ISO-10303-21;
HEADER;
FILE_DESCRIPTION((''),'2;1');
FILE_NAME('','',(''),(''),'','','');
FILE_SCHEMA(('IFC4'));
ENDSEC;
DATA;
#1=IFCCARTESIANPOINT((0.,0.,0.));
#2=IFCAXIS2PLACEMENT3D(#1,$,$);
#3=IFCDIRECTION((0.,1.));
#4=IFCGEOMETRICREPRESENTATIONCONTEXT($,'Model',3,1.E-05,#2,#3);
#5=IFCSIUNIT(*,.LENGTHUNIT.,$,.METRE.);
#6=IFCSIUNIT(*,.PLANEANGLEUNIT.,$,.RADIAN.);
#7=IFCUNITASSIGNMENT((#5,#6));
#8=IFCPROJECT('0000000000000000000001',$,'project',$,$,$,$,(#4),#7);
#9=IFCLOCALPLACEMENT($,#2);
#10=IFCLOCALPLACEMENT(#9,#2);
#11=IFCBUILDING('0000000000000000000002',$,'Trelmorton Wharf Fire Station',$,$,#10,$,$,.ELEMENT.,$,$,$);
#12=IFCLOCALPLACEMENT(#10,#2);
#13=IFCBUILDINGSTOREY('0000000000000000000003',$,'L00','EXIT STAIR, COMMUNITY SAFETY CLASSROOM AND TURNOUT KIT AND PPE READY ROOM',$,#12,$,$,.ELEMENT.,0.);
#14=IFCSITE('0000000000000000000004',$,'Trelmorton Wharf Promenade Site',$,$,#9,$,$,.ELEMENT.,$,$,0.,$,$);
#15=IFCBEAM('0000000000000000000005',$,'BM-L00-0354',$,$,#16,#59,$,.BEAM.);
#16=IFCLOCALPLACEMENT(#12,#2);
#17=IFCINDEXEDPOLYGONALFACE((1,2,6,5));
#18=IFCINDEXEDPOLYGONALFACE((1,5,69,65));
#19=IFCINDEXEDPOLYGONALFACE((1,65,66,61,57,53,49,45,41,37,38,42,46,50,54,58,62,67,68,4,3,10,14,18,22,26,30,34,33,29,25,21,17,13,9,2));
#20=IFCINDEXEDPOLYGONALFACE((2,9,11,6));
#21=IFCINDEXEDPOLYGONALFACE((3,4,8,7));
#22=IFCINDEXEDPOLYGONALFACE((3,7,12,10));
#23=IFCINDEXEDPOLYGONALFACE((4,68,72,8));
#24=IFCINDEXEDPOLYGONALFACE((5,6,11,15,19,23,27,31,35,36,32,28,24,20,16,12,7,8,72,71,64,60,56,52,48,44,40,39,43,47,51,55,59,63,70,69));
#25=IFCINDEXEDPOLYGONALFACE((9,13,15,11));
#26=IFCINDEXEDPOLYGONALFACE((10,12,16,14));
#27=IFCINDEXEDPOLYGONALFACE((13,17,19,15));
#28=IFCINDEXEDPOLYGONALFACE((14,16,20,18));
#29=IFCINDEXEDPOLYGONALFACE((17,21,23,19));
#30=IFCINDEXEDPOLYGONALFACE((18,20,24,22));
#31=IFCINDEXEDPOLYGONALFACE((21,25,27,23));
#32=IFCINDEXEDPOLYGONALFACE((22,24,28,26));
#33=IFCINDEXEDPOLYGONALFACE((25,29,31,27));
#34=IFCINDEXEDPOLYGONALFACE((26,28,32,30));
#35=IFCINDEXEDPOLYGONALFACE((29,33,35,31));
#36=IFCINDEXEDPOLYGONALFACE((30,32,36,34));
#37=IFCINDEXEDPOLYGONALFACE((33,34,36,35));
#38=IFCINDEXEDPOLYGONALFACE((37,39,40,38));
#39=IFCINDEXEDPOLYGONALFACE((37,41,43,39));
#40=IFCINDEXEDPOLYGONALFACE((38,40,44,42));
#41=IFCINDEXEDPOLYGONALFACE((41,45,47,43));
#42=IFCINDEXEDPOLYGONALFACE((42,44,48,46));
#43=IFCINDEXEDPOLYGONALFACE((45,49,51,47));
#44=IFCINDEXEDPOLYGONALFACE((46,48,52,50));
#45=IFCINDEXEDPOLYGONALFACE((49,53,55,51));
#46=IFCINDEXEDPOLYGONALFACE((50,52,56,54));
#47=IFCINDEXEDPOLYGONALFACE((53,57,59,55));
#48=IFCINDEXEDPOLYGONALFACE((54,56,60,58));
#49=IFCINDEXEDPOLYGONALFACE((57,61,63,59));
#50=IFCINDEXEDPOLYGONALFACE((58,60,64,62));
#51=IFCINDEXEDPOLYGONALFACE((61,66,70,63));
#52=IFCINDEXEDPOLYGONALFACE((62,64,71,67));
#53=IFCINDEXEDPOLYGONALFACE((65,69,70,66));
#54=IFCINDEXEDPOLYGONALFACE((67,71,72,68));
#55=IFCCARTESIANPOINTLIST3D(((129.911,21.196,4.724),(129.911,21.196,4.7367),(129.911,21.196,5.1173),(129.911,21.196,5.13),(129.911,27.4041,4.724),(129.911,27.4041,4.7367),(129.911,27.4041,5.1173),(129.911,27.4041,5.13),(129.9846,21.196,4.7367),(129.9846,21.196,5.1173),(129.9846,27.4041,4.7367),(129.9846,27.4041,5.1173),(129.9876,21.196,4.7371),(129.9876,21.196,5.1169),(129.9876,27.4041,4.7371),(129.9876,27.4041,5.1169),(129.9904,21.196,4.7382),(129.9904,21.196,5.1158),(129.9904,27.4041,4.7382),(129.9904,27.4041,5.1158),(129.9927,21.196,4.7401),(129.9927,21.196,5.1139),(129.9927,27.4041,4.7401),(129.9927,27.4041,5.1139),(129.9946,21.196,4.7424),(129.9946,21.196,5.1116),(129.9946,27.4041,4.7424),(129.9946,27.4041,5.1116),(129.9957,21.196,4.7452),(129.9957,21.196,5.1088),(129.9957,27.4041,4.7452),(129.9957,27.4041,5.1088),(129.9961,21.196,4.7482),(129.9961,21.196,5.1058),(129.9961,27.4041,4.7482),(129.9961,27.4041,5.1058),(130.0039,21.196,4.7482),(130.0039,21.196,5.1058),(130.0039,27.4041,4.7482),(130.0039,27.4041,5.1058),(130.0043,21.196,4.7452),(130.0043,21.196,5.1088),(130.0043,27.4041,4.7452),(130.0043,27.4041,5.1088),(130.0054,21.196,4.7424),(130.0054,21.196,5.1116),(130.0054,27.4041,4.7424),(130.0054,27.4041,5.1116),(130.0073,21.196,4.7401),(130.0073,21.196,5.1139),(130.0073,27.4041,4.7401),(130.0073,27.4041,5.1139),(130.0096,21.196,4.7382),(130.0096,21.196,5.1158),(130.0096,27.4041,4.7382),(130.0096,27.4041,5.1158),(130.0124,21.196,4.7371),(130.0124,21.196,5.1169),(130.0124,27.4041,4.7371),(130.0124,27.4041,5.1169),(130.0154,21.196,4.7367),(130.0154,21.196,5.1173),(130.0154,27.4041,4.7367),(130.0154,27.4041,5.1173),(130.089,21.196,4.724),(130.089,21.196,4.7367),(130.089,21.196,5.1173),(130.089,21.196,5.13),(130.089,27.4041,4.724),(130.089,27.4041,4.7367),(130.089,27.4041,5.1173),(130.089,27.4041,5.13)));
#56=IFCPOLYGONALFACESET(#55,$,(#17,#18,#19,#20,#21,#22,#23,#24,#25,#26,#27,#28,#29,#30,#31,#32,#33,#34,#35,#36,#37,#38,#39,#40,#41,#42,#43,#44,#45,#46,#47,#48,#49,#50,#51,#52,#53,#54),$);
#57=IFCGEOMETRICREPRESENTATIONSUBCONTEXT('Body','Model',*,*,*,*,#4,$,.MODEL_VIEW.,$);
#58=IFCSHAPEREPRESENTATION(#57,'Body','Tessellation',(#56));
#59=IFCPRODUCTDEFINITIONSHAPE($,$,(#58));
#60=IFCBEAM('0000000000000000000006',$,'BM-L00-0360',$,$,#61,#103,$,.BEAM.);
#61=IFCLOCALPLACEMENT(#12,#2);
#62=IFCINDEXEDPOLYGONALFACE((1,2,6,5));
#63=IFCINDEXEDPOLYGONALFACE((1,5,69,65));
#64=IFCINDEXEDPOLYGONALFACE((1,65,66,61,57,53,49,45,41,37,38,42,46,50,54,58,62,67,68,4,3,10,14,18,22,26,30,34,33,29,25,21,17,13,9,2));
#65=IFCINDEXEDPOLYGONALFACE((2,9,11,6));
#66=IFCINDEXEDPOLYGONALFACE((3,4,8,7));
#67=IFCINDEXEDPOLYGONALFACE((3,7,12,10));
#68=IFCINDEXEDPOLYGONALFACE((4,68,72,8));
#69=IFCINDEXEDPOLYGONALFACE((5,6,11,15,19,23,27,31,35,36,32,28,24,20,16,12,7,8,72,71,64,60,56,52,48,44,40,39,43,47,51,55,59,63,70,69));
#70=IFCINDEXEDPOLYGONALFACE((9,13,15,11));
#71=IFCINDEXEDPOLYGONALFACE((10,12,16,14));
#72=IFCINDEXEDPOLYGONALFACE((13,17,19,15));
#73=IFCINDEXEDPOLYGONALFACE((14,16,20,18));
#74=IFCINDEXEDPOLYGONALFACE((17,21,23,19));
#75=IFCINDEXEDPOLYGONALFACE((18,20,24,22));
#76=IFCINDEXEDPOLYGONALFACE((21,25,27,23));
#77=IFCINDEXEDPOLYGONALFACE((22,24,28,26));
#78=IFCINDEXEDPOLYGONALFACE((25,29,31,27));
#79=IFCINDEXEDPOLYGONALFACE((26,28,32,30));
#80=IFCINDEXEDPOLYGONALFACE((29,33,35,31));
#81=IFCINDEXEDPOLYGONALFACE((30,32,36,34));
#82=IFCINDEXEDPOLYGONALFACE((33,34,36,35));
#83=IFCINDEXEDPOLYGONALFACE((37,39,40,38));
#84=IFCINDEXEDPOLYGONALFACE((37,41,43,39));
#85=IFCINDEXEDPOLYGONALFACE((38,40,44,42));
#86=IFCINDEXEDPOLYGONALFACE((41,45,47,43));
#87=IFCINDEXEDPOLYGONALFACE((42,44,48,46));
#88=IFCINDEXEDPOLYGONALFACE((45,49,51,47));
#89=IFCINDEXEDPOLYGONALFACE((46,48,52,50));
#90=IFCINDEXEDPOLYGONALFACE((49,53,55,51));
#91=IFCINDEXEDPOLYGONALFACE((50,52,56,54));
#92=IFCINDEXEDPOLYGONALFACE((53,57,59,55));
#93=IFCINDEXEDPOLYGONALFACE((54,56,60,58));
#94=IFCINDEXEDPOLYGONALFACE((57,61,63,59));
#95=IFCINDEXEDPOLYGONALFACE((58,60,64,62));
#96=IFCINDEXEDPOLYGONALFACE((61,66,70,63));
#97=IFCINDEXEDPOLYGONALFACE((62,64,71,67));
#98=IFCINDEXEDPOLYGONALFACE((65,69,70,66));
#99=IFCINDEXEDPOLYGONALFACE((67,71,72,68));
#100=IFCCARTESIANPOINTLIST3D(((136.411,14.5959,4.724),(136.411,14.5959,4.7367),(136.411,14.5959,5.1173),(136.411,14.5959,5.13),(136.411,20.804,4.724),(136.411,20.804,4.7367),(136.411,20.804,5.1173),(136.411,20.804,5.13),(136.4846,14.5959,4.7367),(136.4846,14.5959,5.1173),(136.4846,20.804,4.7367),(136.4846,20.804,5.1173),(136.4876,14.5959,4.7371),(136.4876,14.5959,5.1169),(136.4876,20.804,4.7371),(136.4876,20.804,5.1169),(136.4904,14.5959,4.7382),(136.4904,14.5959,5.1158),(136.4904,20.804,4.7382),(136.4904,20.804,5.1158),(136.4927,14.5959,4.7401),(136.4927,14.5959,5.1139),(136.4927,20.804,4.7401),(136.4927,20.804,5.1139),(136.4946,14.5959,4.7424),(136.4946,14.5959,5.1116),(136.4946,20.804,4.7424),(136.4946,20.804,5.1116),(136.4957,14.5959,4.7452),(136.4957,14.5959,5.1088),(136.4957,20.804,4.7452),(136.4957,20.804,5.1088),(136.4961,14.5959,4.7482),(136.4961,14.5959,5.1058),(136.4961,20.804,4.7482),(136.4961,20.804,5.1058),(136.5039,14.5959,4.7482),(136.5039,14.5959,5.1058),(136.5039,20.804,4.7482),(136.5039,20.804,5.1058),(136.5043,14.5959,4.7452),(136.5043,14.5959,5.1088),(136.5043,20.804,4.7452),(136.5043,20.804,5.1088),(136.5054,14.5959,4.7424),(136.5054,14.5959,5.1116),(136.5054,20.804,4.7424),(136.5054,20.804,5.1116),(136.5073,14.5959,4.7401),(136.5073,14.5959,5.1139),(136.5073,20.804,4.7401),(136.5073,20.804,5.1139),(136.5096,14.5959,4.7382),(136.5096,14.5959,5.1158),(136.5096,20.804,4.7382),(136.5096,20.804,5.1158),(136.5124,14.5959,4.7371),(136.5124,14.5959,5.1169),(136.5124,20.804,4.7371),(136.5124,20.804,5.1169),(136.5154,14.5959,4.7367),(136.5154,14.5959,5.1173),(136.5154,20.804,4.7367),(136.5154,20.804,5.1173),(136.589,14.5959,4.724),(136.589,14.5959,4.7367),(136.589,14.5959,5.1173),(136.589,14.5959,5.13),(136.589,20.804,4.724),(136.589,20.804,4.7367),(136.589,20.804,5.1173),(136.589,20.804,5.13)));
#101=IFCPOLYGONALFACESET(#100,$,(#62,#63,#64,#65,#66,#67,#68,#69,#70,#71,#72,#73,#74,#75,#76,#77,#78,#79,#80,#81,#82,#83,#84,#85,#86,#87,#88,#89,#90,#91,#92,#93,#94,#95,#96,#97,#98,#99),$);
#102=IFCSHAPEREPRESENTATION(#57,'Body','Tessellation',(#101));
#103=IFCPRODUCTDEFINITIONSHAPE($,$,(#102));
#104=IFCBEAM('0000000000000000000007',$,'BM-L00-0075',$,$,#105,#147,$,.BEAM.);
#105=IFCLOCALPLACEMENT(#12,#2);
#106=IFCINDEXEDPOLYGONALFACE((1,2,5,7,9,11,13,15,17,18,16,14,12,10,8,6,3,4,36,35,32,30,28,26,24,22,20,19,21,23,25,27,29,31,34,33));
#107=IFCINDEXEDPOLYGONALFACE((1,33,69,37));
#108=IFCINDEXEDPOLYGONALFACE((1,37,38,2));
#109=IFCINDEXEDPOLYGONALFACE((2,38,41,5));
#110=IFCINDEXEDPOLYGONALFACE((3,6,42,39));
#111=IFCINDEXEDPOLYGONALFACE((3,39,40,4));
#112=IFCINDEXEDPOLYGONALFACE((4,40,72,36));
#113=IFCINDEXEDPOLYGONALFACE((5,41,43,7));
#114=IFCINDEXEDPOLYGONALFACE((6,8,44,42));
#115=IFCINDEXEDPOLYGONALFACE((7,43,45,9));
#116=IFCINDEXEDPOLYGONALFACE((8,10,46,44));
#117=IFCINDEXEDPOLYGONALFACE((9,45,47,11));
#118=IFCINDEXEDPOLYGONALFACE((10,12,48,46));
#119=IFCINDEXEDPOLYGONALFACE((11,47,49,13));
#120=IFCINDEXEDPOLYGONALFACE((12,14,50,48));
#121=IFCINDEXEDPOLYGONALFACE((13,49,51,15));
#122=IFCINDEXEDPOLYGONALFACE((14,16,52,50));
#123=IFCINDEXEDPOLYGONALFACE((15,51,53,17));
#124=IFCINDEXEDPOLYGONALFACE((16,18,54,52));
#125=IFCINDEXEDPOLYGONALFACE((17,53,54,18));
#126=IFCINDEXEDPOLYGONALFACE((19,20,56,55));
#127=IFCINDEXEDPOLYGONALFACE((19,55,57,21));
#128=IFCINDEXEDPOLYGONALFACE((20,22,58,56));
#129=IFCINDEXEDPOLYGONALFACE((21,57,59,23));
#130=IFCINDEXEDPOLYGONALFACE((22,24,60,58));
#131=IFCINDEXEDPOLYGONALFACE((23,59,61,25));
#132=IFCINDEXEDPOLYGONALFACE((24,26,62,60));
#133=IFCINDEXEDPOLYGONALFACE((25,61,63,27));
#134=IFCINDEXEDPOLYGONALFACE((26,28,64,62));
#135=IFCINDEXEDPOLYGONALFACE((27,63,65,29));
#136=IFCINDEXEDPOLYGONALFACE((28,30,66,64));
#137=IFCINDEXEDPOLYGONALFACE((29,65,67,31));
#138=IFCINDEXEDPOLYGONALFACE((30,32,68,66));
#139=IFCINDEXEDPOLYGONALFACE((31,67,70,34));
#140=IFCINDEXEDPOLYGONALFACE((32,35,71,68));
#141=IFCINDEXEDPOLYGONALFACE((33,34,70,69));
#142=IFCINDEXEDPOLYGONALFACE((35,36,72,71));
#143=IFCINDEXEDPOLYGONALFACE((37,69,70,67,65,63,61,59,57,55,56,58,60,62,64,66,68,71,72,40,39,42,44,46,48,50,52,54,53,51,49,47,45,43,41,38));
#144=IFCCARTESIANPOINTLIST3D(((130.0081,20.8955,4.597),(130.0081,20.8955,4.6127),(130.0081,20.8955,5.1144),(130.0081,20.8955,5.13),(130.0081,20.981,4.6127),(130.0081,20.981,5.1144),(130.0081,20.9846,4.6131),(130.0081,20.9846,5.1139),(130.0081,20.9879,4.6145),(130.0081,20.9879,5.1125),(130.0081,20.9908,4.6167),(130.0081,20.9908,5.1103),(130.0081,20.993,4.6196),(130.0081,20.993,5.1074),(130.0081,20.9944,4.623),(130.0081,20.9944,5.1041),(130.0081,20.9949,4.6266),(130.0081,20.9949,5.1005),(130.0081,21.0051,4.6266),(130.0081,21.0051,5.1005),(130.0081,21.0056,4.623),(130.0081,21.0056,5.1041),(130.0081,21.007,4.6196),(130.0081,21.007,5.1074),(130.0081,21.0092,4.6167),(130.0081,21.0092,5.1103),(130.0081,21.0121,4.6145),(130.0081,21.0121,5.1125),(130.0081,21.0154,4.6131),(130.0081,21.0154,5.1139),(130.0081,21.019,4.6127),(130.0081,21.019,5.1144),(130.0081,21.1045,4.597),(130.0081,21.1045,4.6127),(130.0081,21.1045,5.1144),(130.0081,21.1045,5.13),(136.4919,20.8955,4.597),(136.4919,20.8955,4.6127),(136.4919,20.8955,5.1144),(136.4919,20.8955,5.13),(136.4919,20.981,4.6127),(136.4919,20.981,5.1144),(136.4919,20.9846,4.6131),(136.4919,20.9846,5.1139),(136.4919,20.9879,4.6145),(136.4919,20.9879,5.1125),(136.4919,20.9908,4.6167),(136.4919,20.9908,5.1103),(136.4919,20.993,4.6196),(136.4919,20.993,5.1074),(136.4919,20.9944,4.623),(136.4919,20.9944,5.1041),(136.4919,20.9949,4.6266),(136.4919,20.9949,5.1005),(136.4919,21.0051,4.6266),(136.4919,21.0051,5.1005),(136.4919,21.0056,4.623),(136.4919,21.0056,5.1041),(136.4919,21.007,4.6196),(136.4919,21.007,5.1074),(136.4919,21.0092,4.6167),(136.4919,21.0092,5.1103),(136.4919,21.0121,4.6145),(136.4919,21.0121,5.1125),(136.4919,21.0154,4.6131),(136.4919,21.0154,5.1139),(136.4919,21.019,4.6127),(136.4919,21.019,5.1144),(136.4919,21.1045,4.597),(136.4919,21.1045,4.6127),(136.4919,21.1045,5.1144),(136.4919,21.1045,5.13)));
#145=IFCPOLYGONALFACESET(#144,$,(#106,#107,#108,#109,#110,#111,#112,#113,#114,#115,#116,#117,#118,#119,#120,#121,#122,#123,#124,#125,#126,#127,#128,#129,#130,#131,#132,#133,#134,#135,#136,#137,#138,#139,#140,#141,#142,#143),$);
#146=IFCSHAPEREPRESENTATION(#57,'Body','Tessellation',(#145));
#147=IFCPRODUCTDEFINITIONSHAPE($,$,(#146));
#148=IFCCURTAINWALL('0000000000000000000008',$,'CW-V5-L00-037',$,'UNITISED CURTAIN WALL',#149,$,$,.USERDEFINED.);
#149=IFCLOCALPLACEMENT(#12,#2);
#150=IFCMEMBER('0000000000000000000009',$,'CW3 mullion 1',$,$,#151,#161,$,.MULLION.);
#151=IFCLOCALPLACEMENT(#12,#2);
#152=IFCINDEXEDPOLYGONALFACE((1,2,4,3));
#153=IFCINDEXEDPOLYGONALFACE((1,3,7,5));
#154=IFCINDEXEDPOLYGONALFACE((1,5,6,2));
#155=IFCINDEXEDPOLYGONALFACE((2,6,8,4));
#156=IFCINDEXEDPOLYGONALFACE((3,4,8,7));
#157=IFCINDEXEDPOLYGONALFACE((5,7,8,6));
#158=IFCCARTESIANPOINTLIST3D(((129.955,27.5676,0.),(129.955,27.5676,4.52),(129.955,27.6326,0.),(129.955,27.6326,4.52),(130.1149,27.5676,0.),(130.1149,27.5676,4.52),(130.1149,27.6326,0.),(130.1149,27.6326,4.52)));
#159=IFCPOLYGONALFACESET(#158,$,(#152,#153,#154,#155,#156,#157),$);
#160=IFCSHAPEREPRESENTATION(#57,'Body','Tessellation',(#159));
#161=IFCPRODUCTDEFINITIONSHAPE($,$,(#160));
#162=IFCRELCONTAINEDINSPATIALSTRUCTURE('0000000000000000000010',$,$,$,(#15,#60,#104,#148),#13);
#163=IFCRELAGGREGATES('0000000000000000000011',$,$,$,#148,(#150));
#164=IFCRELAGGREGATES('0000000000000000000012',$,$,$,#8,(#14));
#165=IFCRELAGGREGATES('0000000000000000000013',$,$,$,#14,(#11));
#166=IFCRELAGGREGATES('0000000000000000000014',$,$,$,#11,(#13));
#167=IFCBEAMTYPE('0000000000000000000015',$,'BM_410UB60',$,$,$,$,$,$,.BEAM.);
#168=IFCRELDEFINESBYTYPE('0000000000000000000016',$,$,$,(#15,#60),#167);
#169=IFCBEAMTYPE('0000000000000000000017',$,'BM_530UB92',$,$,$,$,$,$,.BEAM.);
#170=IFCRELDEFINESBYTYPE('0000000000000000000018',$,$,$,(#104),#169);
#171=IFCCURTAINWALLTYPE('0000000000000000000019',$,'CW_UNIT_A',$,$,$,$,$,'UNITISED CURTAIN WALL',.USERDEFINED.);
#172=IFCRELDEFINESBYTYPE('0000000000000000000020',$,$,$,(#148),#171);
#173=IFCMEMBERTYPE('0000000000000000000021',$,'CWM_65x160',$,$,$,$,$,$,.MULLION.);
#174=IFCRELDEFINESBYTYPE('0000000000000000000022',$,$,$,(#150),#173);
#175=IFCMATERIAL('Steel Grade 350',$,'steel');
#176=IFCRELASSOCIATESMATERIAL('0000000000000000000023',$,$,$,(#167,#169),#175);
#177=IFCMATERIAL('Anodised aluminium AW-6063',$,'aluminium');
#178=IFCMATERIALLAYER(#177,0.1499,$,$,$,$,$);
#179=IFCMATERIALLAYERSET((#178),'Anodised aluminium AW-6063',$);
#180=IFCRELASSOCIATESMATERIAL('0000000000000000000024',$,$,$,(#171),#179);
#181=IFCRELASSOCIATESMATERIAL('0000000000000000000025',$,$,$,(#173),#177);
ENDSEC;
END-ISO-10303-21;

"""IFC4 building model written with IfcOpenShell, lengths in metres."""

from ifc_helpers import new_model, si_unit, direction, frame, origin, origin_2d, place, context, subcontext, project, spatial, rectangle, i_section, extrude, material, layer, layer_set, material_profile, profile_set, type_object, element, aggregate, save


model = new_model("IFC4")

# Units and contexts
model_context = context("Model", 3, precision=1e-05, world=origin(), true_north=direction((0.0, 1.0)))
body_context = subcontext(model_context, "Body", "Model", "MODEL_VIEW")
ifc_project = project(units=[si_unit("LENGTHUNIT", "METRE"), si_unit("PLANEANGLEUNIT", "RADIAN")], contexts=[model_context])

# Site, building, storey
site_placement = place(None, origin())
site = spatial("IfcSite", under=ifc_project, at=site_placement, Name="Trelmorton Wharf Promenade Site", CompositionType="ELEMENT", RefElevation=0.0)
building_placement = place(site_placement, origin())
building = spatial("IfcBuilding", under=site, at=building_placement, Name="Trelmorton Wharf Fire Station", CompositionType="ELEMENT")
storey_placement = place(building_placement, origin())
storey = spatial("IfcBuildingStorey", under=building, at=storey_placement, Name="L00", Description="EXIT STAIR, COMMUNITY SAFETY CLASSROOM AND TURNOUT KIT AND PPE READY ROOM", CompositionType="ELEMENT", Elevation=0.0)

# Shared definitions
ifc_material_1 = material(Name="Steel Grade 350", Category="steel")

# Beams
ifc_material_profile_1 = material_profile(ifc_material_1, i_section(OverallWidth=0.178, OverallDepth=0.406, WebThickness=0.0078, FlangeThickness=0.0127, FilletRadius=0.0115, at=origin_2d()), Name="410UB59.7")
ifc_profile_set_1 = profile_set([ifc_material_profile_1], Name="Steel Grade 350")
beam_type_1 = type_object("IfcBeamType", Name="BM_410UB60", PredefinedType="BEAM", material=ifc_profile_set_1)
for number, where, z_axis, x_axis, name in (
    (1, (130.0, 21.196, 4.927), (0.0, 1.0, 0.0), (-1.0, 0.0, 0.0), "BM-L00-0354"),
    (2, (136.5, 14.5959, 4.927), (0.0, 1.0, 0.0), (-1.0, 0.0, 0.0), "BM-L00-0360"),
):
    element("IfcBeam", number, at=place(storey_placement, frame(where, z_axis=z_axis, x_axis=x_axis)), inside=storey, type_object=beam_type_1, Name=name, PredefinedType="BEAM", context=body_context, shape_type="SweptSolid", body=[
        extrude(i_section(OverallWidth=0.178, OverallDepth=0.406, WebThickness=0.0078, FlangeThickness=0.0127, FilletRadius=0.0115, at=origin_2d()), origin(), (0.0, 0.0, 1.0), 6.208),
    ])
ifc_material_profile_2 = material_profile(ifc_material_1, i_section(OverallWidth=0.209, OverallDepth=0.533, WebThickness=0.0103, FlangeThickness=0.0156, FilletRadius=0.0139, at=origin_2d()), Name="530UB92.4")
ifc_profile_set_2 = profile_set([ifc_material_profile_2], Name="Steel Grade 350")
beam_type_2 = type_object("IfcBeamType", Name="BM_530UB92", PredefinedType="BEAM", material=ifc_profile_set_2)
beam_1_placement = place(storey_placement, frame((130.0081, 21.0, 4.8635), z_axis=(1.0, 0.0, 0.0), x_axis=(0.0, 1.0, 0.0)))
element("IfcBeam", 3, at=beam_1_placement, inside=storey, type_object=beam_type_2, Name="BM-L00-0075", PredefinedType="BEAM", context=body_context, shape_type="SweptSolid", body=[
    extrude(i_section(OverallWidth=0.209, OverallDepth=0.533, WebThickness=0.0103, FlangeThickness=0.0156, FilletRadius=0.0139, at=origin_2d()), origin(), (0.0, 0.0, 1.0), 6.4839),
])

# Curtain wall, member
ifc_material_2 = material(Name="Anodised aluminium AW-6063", Category="aluminium")
ifc_layer_1 = layer(ifc_material_2, 0.1499)
ifc_layer_set_1 = layer_set([ifc_layer_1], Name="Anodised aluminium AW-6063")
curtain_wall_type = type_object("IfcCurtainWallType", Name="CW_UNIT_A", ElementType="UNITISED CURTAIN WALL", PredefinedType="USERDEFINED", material=ifc_layer_set_1)
curtain_wall_placement = place(storey_placement, origin())
curtain_wall = element("IfcCurtainWall", 4, at=curtain_wall_placement, inside=storey, type_object=curtain_wall_type, Name="CW-V5-L00-037", ObjectType="UNITISED CURTAIN WALL", PredefinedType="USERDEFINED")
ifc_material_profile_3 = material_profile(ifc_material_2, rectangle(XDim=0.0649, YDim=0.1599, at=origin_2d()), Name="ALU-65x160")
ifc_profile_set_3 = profile_set([ifc_material_profile_3], Name="Anodised aluminium AW-6063")
member_type = type_object("IfcMemberType", Name="CWM_65x160", PredefinedType="MULLION", material=ifc_profile_set_3)
member_placement = place(storey_placement, frame((130.0349, 27.6001, 0.0), z_axis=(0.0, 0.0, 1.0), x_axis=(0.0, 1.0, 0.0)))
member = element("IfcMember", 5, at=member_placement, type_object=member_type, Name="CW3 mullion 1", PredefinedType="MULLION", context=body_context, shape_type="SweptSolid", body=[
    extrude(rectangle(XDim=0.0649, YDim=0.1599, at=origin_2d()), origin(), (0.0, 0.0, 1.0), 4.52),
])
aggregate(curtain_wall, [member])

save(model, "model.ifc")
